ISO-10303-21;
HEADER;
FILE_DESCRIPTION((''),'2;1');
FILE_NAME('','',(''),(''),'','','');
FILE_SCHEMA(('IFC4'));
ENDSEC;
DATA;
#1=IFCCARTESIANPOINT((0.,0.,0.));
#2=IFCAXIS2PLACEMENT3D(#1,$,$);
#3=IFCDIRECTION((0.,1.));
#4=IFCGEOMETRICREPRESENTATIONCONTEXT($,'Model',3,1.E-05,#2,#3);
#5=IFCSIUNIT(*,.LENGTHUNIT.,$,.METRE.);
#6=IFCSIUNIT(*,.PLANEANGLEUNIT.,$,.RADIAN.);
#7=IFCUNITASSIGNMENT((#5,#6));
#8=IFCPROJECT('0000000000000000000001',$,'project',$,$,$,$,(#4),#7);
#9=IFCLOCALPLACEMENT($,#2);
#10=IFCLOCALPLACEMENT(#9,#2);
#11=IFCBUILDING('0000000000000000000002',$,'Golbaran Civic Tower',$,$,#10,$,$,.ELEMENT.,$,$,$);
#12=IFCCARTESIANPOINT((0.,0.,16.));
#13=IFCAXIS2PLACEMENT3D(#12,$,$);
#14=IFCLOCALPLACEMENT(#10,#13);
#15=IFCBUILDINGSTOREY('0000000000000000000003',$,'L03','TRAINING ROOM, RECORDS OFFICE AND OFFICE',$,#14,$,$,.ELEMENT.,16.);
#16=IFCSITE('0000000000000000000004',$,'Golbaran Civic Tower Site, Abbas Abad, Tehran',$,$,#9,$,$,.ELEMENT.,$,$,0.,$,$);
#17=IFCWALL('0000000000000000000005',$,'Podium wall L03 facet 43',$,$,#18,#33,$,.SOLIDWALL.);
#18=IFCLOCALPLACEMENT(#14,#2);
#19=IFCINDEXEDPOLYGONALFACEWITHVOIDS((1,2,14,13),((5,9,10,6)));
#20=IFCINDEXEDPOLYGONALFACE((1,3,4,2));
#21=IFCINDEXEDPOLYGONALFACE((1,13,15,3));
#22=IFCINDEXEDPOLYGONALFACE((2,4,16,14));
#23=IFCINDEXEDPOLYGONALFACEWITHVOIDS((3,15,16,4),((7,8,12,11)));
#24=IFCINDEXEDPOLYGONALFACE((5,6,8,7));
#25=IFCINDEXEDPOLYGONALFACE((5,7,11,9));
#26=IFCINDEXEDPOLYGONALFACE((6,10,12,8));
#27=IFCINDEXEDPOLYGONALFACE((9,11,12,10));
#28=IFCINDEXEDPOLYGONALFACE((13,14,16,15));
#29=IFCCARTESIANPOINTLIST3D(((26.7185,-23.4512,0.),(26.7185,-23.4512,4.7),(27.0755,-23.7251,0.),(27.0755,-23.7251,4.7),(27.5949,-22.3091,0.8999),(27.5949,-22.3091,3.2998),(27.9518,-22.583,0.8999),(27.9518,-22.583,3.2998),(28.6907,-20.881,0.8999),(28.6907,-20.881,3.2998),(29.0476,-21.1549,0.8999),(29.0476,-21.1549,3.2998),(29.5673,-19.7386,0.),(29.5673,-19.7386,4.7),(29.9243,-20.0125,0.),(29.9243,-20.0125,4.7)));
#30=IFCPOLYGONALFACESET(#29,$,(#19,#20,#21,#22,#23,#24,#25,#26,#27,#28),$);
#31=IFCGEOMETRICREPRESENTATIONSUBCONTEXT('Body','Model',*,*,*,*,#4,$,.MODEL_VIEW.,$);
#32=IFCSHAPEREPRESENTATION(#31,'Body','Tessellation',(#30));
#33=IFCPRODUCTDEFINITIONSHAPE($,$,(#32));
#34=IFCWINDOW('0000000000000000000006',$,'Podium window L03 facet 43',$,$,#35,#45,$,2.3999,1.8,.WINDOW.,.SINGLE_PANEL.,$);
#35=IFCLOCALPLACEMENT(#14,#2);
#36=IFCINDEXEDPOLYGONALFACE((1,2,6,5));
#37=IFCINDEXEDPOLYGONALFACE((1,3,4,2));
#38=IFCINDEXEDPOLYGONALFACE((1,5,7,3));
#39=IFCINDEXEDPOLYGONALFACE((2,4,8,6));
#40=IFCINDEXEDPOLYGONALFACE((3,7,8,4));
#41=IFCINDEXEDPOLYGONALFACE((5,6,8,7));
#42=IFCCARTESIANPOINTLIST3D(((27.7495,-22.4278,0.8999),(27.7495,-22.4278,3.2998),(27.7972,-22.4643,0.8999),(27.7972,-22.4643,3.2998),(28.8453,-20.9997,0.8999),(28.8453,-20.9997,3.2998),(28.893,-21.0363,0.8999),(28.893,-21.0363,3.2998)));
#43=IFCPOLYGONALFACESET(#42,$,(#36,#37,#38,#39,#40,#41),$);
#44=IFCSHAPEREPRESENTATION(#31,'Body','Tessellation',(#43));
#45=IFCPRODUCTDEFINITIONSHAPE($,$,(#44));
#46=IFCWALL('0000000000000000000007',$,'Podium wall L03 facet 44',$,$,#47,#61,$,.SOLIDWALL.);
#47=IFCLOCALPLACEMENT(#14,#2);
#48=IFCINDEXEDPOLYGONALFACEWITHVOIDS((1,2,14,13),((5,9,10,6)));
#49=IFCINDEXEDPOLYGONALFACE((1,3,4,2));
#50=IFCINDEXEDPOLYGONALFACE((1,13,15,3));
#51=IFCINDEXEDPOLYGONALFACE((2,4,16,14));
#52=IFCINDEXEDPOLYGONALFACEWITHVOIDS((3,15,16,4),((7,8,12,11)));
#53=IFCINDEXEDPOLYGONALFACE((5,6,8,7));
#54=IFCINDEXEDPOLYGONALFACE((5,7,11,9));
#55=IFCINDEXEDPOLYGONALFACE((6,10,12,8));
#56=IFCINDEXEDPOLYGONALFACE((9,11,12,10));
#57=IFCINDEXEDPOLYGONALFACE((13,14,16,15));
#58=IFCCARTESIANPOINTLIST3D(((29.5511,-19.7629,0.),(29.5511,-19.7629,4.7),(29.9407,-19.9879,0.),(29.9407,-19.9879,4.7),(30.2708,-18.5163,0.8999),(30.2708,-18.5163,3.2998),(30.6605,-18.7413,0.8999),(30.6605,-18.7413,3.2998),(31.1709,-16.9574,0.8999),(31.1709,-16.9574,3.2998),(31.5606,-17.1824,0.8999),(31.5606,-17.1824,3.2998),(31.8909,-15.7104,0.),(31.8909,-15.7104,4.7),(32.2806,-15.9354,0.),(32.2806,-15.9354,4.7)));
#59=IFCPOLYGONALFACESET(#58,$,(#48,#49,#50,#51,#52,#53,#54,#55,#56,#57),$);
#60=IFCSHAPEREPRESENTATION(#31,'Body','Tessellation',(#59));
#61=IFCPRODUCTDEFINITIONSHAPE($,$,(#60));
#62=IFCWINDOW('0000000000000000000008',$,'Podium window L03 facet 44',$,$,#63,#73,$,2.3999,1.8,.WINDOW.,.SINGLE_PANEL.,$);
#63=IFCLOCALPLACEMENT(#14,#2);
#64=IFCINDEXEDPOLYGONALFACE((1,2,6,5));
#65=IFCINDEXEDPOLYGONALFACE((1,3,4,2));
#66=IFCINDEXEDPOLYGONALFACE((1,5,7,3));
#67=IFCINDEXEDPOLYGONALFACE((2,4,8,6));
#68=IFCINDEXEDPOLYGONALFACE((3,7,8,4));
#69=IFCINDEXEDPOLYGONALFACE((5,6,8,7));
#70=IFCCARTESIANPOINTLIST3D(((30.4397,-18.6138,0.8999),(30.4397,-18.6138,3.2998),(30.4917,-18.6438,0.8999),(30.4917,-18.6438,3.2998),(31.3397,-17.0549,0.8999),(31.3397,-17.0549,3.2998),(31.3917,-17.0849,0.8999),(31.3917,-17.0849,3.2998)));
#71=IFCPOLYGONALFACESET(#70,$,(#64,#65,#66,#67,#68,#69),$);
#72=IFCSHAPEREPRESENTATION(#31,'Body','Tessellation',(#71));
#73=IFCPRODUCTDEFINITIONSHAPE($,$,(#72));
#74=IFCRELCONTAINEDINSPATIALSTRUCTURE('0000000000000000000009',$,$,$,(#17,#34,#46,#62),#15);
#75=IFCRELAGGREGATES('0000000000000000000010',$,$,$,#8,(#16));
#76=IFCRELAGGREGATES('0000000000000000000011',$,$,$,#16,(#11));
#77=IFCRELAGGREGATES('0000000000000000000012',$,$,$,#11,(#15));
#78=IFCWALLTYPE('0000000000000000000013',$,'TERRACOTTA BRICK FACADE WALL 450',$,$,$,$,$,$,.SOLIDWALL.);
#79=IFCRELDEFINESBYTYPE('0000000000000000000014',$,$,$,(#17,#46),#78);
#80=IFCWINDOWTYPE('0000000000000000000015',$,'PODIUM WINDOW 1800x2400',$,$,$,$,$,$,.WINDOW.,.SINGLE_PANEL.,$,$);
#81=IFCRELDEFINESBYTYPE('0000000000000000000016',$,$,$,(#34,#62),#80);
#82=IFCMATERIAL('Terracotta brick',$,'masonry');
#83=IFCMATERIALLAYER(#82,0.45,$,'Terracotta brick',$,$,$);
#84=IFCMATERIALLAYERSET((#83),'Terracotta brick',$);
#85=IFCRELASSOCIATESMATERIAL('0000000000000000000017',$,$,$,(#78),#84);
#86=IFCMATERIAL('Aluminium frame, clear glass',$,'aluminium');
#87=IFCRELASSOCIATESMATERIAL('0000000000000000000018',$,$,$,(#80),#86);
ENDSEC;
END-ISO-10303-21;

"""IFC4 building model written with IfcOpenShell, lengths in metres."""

from ifc_helpers import new_model, si_unit, direction, frame, frame_2d, origin, place, context, subcontext, project, spatial, rectangle, extrude, material, layer, layer_set, type_object, element, fill, save


model = new_model("IFC4")

# Units and contexts
model_context = context("Model", 3, precision=1e-05, world=origin(), true_north=direction((0.0, 1.0)))
body_context = subcontext(model_context, "Body", "Model", "MODEL_VIEW")
ifc_project = project(units=[si_unit("LENGTHUNIT", "METRE"), si_unit("PLANEANGLEUNIT", "RADIAN")], contexts=[model_context])

# Site, building, storey
site_placement = place(None, origin())
site = spatial("IfcSite", under=ifc_project, at=site_placement, Name="Golbaran Civic Tower Site, Abbas Abad, Tehran", CompositionType="ELEMENT", RefElevation=0.0)
building_placement = place(site_placement, origin())
building = spatial("IfcBuilding", under=site, at=building_placement, Name="Golbaran Civic Tower", CompositionType="ELEMENT")
storey_placement = place(building_placement, frame((0.0, 0.0, 16.0)))
storey = spatial("IfcBuildingStorey", under=building, at=storey_placement, Name="L03", Description="TRAINING ROOM, RECORDS OFFICE AND OFFICE", CompositionType="ELEMENT", Elevation=16.0)

# Shared definitions
ifc_material_1 = material(Name="Terracotta brick", Category="masonry")
ifc_layer_1 = layer(ifc_material_1, 0.45, Name="Terracotta brick")
ifc_layer_set_1 = layer_set([ifc_layer_1], Name="Terracotta brick")
wall_type_1 = type_object("IfcWallType", Name="TERRACOTTA BRICK FACADE WALL 450", PredefinedType="SOLIDWALL", material=ifc_layer_set_1)
ifc_material_2 = material(Name="Aluminium frame, clear glass", Category="aluminium")

# Walls, openings, windows
wall_1_placement = place(storey_placement, frame((26.897, -23.5881, 0.0), z_axis=(0.0, 0.0, 1.0), x_axis=(0.60877, 0.793347, 0.0)))
wall_1 = element("IfcWall", 1, at=wall_1_placement, inside=storey, type_object=wall_type_1, Name="Podium wall L03 facet 43", PredefinedType="SOLIDWALL", context=body_context, shape_type="SweptSolid", body=[
    extrude(rectangle(XDim=4.6797, YDim=0.45, at=frame_2d((2.3398, 0.0))), origin(), (0.0, 0.0, 1.0), 4.7),
])
opening_1_placement = place(wall_1_placement, frame((1.4397, 0.0, 0.8999)))
opening_1 = element("IfcOpeningElement", 2, at=opening_1_placement, cuts=wall_1, PredefinedType="OPENING", context=body_context, shape_type="SweptSolid", body=[
    extrude(rectangle(XDim=1.8, YDim=2.3999, at=frame_2d((0.8999, 1.2))), frame((0.0, 0.2349, 0.0), z_axis=(0.0, -1.0, 0.0), x_axis=(1.0, 0.0, 0.0)), (0.0, 0.0, 1.0), 0.47),
])
window_type_1 = type_object("IfcWindowType", Name="PODIUM WINDOW 1800x2400", PartitioningType="SINGLE_PANEL", PredefinedType="WINDOW", material=ifc_material_2)
window_1_placement = place(opening_1_placement, origin())
window_1 = element("IfcWindow", 3, at=window_1_placement, inside=storey, type_object=window_type_1, Name="Podium window L03 facet 43", OverallHeight=2.3999, OverallWidth=1.8, PartitioningType="SINGLE_PANEL", PredefinedType="WINDOW", context=body_context, shape_type="SweptSolid", body=[
    extrude(rectangle(XDim=1.8, YDim=2.3999, at=frame_2d((0.8999, 1.2))), frame((0.0, 0.03, 0.0), z_axis=(0.0, -1.0, 0.0), x_axis=(1.0, 0.0, 0.0)), (0.0, 0.0, 1.0), 0.0601),
])
fill(opening_1, window_1)
wall_2_placement = place(storey_placement, frame((29.7458, -19.8755, 0.0), z_axis=(0.0, 0.0, 1.0), x_axis=(0.500022, 0.866013, 0.0)))
wall_2 = element("IfcWall", 4, at=wall_2_placement, inside=storey, type_object=wall_type_1, Name="Podium wall L03 facet 44", PredefinedType="SOLIDWALL", context=body_context, shape_type="SweptSolid", body=[
    extrude(rectangle(XDim=4.6794, YDim=0.45, at=frame_2d((2.3398, 0.0))), origin(), (0.0, 0.0, 1.0), 4.7),
])
opening_2_placement = place(wall_2_placement, frame((1.4397, 0.0, 0.8999)))
opening_2 = element("IfcOpeningElement", 5, at=opening_2_placement, cuts=wall_2, PredefinedType="OPENING", context=body_context, shape_type="SweptSolid", body=[
    extrude(rectangle(XDim=1.8, YDim=2.3999, at=frame_2d((0.8999, 1.2))), frame((0.0, 0.2349, 0.0), z_axis=(0.0, -1.0, 0.0), x_axis=(1.0, 0.0, 0.0)), (0.0, 0.0, 1.0), 0.47),
])
window_2_placement = place(opening_2_placement, origin())
window_2 = element("IfcWindow", 6, at=window_2_placement, inside=storey, type_object=window_type_1, Name="Podium window L03 facet 44", OverallHeight=2.3999, OverallWidth=1.8, PartitioningType="SINGLE_PANEL", PredefinedType="WINDOW", context=body_context, shape_type="SweptSolid", body=[
    extrude(rectangle(XDim=1.8, YDim=2.3999, at=frame_2d((0.8999, 1.2))), frame((0.0, 0.03, 0.0), z_axis=(0.0, -1.0, 0.0), x_axis=(1.0, 0.0, 0.0)), (0.0, 0.0, 1.0), 0.0601),
])
fill(opening_2, window_2)

save(model, "model.ifc")
